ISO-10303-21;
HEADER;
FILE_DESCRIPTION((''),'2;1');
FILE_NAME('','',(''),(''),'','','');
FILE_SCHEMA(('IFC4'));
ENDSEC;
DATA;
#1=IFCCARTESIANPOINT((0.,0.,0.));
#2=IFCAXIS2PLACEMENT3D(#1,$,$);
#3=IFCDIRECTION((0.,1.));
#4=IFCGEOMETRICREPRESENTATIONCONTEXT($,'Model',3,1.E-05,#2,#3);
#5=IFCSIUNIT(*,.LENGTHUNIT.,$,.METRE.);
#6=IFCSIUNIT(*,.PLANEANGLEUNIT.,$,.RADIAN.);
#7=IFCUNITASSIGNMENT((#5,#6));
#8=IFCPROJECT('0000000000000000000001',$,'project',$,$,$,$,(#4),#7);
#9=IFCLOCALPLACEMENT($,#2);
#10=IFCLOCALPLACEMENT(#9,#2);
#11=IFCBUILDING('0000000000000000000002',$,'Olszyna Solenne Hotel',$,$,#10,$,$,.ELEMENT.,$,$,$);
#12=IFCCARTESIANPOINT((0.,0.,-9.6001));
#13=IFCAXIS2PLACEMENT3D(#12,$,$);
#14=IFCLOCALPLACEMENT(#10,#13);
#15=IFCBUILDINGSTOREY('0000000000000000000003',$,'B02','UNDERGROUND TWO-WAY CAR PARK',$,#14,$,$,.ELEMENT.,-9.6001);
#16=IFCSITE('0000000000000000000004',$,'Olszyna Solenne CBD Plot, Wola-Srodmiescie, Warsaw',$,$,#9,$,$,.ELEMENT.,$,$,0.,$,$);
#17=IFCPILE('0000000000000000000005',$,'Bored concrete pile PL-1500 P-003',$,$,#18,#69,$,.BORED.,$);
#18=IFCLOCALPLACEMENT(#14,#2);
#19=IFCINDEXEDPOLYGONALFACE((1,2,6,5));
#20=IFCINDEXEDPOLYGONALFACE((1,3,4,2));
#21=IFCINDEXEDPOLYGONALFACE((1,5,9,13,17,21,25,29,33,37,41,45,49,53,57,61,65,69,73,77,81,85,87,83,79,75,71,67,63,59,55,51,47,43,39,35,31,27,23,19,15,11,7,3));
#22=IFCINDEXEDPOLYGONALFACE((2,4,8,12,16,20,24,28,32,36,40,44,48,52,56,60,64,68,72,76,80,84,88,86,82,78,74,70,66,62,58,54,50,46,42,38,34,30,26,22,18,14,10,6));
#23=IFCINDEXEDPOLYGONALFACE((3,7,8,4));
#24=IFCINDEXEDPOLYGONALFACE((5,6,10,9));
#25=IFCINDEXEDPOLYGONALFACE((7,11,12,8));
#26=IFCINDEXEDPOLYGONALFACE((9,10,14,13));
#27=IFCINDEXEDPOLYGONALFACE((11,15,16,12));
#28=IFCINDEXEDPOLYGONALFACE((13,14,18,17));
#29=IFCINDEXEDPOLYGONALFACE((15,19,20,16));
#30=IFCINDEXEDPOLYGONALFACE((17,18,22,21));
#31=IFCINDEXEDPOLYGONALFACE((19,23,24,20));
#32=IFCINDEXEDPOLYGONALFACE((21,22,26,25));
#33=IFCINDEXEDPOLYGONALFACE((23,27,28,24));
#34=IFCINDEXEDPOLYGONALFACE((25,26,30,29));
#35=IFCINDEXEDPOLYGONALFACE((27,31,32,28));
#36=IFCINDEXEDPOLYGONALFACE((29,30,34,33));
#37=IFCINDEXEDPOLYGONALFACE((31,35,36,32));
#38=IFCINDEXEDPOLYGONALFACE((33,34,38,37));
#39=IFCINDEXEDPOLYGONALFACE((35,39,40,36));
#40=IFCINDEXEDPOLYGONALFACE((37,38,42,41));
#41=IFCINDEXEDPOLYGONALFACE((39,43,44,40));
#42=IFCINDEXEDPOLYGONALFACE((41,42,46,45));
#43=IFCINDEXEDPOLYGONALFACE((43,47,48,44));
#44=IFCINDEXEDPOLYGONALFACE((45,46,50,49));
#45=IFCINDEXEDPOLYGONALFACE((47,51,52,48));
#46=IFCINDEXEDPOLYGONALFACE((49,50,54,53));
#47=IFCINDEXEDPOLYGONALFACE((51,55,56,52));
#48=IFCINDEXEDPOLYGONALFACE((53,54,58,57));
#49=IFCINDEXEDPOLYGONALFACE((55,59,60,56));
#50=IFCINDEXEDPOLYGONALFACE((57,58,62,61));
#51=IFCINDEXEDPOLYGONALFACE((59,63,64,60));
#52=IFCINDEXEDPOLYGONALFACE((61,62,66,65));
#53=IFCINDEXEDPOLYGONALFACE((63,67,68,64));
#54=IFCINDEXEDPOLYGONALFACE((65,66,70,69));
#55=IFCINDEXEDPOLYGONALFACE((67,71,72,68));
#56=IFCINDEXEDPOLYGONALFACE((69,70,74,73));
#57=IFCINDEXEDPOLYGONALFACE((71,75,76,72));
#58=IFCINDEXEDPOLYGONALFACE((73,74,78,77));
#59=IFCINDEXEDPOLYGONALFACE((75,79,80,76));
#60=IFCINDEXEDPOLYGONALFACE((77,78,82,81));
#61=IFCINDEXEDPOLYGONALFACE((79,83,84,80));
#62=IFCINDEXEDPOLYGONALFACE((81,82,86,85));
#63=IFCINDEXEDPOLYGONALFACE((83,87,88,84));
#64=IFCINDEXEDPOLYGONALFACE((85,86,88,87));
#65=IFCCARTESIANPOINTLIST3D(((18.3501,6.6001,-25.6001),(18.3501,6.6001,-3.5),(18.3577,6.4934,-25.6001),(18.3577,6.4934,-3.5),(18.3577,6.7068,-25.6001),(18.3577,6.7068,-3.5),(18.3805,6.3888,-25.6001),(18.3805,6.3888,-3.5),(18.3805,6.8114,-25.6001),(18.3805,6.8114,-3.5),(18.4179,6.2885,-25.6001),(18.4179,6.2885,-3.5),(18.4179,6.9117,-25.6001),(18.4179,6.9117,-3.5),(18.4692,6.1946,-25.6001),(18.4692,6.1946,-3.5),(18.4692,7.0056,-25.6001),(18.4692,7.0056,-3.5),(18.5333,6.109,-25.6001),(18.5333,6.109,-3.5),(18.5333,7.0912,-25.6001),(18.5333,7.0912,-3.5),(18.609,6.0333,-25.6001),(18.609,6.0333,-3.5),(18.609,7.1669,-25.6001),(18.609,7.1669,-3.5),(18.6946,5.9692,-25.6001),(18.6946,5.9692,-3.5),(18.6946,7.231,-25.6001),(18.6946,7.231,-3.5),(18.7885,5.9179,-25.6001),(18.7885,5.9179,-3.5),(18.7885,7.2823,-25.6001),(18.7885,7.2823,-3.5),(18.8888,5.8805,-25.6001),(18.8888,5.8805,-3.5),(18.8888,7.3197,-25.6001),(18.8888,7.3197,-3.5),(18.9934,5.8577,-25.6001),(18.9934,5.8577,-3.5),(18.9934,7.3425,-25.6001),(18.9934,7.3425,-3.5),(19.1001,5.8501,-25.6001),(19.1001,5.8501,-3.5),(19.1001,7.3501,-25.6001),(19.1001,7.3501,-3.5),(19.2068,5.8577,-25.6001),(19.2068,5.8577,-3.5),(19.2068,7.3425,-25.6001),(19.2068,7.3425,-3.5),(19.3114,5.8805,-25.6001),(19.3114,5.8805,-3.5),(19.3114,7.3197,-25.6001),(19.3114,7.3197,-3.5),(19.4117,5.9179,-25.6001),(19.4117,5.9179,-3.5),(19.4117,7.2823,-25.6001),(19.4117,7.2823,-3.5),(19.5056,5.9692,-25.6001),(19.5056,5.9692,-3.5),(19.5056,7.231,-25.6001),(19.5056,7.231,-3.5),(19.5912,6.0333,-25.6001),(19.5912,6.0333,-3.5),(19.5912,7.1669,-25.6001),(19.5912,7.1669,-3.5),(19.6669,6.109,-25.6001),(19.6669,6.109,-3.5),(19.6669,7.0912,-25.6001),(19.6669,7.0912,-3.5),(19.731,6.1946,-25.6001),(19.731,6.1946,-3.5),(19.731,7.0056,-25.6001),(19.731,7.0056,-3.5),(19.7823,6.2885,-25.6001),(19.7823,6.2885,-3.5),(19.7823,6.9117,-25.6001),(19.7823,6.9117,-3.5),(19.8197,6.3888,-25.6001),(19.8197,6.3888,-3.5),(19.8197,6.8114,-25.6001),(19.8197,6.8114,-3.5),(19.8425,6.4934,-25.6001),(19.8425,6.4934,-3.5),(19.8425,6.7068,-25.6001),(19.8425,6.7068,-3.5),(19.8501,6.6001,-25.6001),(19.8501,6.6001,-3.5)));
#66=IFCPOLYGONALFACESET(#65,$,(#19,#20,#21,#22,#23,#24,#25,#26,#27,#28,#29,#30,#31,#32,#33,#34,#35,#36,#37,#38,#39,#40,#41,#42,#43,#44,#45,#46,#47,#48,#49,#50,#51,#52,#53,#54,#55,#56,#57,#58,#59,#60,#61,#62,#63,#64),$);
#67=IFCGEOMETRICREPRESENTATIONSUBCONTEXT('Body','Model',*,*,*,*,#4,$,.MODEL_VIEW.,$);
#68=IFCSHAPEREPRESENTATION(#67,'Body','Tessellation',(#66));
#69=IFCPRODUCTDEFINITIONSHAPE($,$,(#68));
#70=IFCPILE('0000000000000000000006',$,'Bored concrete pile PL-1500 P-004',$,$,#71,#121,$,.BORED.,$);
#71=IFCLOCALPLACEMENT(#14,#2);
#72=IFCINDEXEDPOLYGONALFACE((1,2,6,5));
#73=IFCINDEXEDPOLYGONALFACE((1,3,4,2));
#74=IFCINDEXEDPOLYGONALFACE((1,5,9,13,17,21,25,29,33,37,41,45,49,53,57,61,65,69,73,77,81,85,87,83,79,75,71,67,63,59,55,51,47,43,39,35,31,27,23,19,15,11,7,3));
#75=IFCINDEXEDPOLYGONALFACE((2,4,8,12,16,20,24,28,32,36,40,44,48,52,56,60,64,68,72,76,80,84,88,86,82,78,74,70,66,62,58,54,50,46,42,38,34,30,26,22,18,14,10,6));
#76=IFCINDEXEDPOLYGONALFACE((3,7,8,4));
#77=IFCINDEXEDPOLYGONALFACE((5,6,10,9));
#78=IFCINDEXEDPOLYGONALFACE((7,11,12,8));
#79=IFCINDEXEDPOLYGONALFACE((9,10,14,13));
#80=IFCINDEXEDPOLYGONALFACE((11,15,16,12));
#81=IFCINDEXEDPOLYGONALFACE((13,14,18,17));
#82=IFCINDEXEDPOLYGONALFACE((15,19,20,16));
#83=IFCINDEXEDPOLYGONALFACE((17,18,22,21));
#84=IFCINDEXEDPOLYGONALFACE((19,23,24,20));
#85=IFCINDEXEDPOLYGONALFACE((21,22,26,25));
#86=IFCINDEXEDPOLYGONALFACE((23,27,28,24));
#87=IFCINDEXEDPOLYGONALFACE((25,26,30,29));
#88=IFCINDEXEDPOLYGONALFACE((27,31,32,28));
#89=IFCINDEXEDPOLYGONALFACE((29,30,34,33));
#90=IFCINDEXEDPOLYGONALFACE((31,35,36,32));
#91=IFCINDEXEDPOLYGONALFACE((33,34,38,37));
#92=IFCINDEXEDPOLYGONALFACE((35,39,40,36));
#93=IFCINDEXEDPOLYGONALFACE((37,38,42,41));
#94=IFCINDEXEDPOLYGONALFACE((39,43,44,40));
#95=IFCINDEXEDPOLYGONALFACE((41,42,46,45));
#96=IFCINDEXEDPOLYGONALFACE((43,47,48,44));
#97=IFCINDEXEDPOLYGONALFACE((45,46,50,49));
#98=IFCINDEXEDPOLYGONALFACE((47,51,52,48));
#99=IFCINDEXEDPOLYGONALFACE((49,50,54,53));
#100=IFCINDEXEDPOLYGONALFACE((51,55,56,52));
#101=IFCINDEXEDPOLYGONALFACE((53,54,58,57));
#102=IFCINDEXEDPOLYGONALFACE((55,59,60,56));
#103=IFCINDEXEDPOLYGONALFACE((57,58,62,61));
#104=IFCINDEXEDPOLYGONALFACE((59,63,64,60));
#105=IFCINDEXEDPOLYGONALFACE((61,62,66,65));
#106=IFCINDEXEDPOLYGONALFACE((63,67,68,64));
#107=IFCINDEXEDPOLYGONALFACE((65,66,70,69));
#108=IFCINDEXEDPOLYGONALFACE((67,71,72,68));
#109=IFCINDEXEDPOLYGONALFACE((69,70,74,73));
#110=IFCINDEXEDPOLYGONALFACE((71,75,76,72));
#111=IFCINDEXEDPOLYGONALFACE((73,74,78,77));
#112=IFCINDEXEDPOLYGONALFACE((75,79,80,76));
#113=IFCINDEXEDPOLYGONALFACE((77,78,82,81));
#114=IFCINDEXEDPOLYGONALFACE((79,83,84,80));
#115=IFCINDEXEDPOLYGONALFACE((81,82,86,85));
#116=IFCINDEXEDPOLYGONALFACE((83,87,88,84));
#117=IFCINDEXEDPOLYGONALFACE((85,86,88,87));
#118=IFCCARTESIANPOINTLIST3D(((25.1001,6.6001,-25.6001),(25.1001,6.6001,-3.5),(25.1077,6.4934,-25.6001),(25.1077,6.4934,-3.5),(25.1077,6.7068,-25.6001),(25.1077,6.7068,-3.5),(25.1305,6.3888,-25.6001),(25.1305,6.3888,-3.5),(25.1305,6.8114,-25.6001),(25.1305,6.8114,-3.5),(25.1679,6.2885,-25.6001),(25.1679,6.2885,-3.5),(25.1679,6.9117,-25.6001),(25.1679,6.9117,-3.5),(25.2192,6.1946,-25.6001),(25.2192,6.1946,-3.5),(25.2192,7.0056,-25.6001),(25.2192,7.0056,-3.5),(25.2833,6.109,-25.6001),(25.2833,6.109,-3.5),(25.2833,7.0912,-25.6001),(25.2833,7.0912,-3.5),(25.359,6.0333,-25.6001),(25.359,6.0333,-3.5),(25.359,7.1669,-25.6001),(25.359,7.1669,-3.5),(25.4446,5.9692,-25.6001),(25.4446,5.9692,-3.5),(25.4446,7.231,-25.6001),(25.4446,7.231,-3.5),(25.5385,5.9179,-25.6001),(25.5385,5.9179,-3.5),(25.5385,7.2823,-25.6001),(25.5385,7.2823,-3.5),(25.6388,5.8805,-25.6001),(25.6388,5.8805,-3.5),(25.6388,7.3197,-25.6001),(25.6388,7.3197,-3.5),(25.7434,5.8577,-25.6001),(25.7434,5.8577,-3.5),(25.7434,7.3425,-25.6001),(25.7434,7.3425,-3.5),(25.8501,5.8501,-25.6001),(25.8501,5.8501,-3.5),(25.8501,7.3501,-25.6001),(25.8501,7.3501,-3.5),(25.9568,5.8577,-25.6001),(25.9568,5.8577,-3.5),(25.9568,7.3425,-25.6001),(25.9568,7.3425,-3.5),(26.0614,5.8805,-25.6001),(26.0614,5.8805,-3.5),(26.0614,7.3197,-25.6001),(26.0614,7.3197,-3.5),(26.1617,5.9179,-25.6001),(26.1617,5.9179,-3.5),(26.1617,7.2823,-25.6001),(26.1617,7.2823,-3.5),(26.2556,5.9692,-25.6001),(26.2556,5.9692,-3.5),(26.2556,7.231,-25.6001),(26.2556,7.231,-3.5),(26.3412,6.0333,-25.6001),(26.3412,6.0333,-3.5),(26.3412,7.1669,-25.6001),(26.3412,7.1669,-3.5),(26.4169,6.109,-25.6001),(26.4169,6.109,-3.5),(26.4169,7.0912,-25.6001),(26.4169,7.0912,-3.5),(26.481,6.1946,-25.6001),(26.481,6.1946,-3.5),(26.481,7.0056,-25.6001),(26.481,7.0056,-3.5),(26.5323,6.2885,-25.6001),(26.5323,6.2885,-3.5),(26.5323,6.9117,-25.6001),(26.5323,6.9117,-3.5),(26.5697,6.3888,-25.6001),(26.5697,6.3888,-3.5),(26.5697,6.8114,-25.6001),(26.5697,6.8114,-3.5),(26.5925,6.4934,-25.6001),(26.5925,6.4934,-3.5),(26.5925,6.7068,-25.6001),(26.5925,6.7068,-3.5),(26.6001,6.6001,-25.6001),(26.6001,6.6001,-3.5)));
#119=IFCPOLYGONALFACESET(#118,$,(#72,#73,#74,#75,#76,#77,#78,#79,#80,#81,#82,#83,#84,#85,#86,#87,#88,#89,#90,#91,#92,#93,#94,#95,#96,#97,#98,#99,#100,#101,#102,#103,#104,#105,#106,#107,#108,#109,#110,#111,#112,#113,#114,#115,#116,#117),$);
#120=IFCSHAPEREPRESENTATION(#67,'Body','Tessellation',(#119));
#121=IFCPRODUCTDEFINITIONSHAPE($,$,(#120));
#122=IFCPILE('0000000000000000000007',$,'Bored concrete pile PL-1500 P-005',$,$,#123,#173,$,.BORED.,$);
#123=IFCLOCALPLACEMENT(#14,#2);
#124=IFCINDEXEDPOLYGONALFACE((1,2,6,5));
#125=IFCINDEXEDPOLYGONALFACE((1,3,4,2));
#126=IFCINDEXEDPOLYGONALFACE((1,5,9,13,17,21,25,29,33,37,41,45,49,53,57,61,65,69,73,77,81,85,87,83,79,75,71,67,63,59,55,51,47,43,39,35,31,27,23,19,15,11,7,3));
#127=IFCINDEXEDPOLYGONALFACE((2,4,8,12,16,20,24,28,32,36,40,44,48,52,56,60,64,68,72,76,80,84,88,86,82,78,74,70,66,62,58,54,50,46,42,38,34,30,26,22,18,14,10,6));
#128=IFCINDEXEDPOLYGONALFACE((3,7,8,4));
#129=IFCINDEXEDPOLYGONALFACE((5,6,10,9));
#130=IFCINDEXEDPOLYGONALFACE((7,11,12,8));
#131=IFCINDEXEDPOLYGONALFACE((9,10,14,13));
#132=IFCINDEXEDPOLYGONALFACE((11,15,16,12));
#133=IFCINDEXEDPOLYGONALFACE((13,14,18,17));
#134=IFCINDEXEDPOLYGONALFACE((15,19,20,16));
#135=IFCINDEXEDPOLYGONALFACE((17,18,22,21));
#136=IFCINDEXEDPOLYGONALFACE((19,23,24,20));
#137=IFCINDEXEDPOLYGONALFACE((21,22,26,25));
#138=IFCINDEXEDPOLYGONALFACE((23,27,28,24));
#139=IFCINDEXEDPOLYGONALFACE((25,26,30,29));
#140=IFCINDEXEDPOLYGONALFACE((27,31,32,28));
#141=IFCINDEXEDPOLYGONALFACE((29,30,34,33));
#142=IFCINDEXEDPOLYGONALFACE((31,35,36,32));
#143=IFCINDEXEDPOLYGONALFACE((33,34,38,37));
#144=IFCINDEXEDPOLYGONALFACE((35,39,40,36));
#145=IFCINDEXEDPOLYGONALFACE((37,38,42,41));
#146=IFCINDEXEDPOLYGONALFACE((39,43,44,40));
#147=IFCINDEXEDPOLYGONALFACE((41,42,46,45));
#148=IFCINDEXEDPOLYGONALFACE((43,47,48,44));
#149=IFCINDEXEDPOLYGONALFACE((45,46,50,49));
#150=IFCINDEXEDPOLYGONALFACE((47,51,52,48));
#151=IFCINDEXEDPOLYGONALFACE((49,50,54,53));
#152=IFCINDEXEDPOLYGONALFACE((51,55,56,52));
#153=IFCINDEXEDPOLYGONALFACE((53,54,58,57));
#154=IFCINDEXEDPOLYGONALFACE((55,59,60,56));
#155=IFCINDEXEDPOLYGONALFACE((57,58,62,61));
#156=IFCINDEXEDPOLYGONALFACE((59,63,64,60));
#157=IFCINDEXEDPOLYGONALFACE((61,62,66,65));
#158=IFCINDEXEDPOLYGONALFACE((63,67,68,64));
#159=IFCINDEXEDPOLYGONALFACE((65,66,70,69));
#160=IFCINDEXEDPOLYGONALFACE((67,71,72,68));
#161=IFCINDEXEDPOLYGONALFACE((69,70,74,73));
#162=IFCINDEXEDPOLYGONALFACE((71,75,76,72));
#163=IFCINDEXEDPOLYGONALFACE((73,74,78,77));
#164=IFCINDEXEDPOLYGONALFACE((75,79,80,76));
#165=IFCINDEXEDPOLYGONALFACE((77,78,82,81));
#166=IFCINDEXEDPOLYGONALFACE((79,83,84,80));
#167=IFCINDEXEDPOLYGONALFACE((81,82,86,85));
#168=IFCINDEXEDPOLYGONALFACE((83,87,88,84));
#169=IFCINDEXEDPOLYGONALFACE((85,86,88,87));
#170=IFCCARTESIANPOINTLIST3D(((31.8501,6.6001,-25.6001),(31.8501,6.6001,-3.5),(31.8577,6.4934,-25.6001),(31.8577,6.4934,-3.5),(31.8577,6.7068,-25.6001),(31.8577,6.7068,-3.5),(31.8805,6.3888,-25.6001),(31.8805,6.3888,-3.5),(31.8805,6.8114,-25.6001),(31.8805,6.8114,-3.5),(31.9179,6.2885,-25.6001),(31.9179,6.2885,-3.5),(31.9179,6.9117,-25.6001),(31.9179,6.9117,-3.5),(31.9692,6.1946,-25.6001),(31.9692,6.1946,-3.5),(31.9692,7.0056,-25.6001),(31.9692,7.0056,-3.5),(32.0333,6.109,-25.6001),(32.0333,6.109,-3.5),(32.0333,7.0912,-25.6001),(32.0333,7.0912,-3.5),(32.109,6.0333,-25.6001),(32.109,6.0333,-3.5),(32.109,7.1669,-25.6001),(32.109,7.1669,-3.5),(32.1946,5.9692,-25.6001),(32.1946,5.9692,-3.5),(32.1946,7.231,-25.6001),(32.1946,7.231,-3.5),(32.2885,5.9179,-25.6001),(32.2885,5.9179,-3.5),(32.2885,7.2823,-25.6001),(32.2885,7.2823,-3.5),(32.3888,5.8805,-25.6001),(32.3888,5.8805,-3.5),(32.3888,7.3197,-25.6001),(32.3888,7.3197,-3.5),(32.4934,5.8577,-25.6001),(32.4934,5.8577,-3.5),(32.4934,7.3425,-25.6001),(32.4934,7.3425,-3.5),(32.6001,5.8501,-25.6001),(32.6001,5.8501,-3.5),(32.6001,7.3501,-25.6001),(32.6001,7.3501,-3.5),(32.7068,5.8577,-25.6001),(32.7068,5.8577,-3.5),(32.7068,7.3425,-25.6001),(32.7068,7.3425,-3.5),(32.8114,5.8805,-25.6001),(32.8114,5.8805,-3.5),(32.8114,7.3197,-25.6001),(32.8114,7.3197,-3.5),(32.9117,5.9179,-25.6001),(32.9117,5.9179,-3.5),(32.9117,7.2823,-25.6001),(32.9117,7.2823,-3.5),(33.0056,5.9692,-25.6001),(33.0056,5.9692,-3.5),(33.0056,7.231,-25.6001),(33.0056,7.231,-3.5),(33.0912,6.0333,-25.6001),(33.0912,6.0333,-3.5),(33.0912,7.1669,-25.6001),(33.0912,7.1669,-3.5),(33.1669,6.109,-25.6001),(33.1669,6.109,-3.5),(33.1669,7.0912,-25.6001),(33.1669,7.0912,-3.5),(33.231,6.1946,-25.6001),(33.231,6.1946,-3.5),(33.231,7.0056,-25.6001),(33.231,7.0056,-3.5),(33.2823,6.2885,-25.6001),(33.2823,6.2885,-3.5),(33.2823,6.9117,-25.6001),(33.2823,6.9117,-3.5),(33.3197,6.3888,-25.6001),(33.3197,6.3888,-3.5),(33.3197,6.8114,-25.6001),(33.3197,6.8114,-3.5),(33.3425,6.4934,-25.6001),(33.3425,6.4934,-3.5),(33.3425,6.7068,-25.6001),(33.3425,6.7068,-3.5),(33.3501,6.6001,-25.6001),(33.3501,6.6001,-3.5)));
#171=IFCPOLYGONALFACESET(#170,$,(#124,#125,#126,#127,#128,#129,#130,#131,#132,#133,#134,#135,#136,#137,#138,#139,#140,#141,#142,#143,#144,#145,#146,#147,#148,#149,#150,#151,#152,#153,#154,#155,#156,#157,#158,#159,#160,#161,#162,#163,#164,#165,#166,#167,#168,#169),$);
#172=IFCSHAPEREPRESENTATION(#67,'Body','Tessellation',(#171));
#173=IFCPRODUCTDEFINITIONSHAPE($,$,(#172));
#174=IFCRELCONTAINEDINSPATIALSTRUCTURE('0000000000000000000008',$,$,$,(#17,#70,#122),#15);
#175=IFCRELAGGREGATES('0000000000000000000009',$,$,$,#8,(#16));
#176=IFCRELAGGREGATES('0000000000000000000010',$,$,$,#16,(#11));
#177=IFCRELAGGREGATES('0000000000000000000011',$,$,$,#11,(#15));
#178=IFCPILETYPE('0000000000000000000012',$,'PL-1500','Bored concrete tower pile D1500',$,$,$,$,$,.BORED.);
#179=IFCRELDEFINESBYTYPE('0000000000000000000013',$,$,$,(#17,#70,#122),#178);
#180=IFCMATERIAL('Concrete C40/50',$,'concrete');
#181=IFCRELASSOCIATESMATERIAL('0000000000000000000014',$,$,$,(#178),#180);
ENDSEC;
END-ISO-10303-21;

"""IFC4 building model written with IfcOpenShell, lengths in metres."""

from ifc_helpers import new_model, si_unit, direction, frame, origin, origin_2d, place, context, subcontext, project, spatial, circle, extrude, source, transform, mapped, material, material_profile, profile_set, type_object, element, save


model = new_model("IFC4")

# Units and contexts
model_context = context("Model", 3, precision=1e-05, world=origin(), true_north=direction((0.0, 1.0)))
body_context = subcontext(model_context, "Body", "Model", "MODEL_VIEW")
ifc_project = project(units=[si_unit("LENGTHUNIT", "METRE"), si_unit("PLANEANGLEUNIT", "RADIAN")], contexts=[model_context])

# Site, building, storey
site_placement = place(None, origin())
site = spatial("IfcSite", under=ifc_project, at=site_placement, Name="Olszyna Solenne CBD Plot, Wola-Srodmiescie, Warsaw", CompositionType="ELEMENT", RefElevation=0.0)
building_placement = place(site_placement, origin())
building = spatial("IfcBuilding", under=site, at=building_placement, Name="Olszyna Solenne Hotel", CompositionType="ELEMENT")
storey_placement = place(building_placement, frame((0.0, 0.0, -9.6001)))
storey = spatial("IfcBuildingStorey", under=building, at=storey_placement, Name="B02", Description="UNDERGROUND TWO-WAY CAR PARK", CompositionType="ELEMENT", Elevation=-9.6001)

# Piles
ifc_material_1 = material(Name="Concrete C40/50", Category="concrete")
ifc_material_profile_1 = material_profile(ifc_material_1, circle(Radius=0.75, at=origin_2d()), Name="BORED PILE 1500", Category="load-bearing")
ifc_profile_set_1 = profile_set([ifc_material_profile_1], Name="Concrete C40/50")
pile_type = type_object("IfcPileType", Name="PL-1500", Description="Bored concrete tower pile D1500", PredefinedType="BORED", material=ifc_profile_set_1)
shared_shape_1 = source(origin(), body_context, "Body", "SweptSolid", [
    extrude(circle(Radius=0.75, at=origin_2d()), origin(), (0.0, 0.0, 1.0), 22.1001),
])
for number, where, z_axis, x_axis, name in (
    (1, (19.1001, 6.6001, -3.5), (0.0, 0.0, -1.0), (1.0, 0.0, 0.0), "Bored concrete pile PL-1500 P-003"),
    (2, (25.8501, 6.6001, -3.5), (0.0, 0.0, -1.0), (1.0, 0.0, 0.0), "Bored concrete pile PL-1500 P-004"),
    (3, (32.6001, 6.6001, -3.5), (0.0, 0.0, -1.0), (1.0, 0.0, 0.0), "Bored concrete pile PL-1500 P-005"),
):
    element("IfcPile", number, at=place(storey_placement, frame(where, z_axis=z_axis, x_axis=x_axis)), inside=storey, type_object=pile_type, Name=name, PredefinedType="BORED", context=body_context, shape_type="MappedRepresentation", body=[
        mapped(shared_shape_1, transform((0.0, 0.0, 0.0), x_axis=(1.0, 0.0, 0.0), y_axis=(0.0, 1.0, 0.0), z_axis=(0.0, 0.0, 1.0), scale=1.0)),
    ])

save(model, "model.ifc")
